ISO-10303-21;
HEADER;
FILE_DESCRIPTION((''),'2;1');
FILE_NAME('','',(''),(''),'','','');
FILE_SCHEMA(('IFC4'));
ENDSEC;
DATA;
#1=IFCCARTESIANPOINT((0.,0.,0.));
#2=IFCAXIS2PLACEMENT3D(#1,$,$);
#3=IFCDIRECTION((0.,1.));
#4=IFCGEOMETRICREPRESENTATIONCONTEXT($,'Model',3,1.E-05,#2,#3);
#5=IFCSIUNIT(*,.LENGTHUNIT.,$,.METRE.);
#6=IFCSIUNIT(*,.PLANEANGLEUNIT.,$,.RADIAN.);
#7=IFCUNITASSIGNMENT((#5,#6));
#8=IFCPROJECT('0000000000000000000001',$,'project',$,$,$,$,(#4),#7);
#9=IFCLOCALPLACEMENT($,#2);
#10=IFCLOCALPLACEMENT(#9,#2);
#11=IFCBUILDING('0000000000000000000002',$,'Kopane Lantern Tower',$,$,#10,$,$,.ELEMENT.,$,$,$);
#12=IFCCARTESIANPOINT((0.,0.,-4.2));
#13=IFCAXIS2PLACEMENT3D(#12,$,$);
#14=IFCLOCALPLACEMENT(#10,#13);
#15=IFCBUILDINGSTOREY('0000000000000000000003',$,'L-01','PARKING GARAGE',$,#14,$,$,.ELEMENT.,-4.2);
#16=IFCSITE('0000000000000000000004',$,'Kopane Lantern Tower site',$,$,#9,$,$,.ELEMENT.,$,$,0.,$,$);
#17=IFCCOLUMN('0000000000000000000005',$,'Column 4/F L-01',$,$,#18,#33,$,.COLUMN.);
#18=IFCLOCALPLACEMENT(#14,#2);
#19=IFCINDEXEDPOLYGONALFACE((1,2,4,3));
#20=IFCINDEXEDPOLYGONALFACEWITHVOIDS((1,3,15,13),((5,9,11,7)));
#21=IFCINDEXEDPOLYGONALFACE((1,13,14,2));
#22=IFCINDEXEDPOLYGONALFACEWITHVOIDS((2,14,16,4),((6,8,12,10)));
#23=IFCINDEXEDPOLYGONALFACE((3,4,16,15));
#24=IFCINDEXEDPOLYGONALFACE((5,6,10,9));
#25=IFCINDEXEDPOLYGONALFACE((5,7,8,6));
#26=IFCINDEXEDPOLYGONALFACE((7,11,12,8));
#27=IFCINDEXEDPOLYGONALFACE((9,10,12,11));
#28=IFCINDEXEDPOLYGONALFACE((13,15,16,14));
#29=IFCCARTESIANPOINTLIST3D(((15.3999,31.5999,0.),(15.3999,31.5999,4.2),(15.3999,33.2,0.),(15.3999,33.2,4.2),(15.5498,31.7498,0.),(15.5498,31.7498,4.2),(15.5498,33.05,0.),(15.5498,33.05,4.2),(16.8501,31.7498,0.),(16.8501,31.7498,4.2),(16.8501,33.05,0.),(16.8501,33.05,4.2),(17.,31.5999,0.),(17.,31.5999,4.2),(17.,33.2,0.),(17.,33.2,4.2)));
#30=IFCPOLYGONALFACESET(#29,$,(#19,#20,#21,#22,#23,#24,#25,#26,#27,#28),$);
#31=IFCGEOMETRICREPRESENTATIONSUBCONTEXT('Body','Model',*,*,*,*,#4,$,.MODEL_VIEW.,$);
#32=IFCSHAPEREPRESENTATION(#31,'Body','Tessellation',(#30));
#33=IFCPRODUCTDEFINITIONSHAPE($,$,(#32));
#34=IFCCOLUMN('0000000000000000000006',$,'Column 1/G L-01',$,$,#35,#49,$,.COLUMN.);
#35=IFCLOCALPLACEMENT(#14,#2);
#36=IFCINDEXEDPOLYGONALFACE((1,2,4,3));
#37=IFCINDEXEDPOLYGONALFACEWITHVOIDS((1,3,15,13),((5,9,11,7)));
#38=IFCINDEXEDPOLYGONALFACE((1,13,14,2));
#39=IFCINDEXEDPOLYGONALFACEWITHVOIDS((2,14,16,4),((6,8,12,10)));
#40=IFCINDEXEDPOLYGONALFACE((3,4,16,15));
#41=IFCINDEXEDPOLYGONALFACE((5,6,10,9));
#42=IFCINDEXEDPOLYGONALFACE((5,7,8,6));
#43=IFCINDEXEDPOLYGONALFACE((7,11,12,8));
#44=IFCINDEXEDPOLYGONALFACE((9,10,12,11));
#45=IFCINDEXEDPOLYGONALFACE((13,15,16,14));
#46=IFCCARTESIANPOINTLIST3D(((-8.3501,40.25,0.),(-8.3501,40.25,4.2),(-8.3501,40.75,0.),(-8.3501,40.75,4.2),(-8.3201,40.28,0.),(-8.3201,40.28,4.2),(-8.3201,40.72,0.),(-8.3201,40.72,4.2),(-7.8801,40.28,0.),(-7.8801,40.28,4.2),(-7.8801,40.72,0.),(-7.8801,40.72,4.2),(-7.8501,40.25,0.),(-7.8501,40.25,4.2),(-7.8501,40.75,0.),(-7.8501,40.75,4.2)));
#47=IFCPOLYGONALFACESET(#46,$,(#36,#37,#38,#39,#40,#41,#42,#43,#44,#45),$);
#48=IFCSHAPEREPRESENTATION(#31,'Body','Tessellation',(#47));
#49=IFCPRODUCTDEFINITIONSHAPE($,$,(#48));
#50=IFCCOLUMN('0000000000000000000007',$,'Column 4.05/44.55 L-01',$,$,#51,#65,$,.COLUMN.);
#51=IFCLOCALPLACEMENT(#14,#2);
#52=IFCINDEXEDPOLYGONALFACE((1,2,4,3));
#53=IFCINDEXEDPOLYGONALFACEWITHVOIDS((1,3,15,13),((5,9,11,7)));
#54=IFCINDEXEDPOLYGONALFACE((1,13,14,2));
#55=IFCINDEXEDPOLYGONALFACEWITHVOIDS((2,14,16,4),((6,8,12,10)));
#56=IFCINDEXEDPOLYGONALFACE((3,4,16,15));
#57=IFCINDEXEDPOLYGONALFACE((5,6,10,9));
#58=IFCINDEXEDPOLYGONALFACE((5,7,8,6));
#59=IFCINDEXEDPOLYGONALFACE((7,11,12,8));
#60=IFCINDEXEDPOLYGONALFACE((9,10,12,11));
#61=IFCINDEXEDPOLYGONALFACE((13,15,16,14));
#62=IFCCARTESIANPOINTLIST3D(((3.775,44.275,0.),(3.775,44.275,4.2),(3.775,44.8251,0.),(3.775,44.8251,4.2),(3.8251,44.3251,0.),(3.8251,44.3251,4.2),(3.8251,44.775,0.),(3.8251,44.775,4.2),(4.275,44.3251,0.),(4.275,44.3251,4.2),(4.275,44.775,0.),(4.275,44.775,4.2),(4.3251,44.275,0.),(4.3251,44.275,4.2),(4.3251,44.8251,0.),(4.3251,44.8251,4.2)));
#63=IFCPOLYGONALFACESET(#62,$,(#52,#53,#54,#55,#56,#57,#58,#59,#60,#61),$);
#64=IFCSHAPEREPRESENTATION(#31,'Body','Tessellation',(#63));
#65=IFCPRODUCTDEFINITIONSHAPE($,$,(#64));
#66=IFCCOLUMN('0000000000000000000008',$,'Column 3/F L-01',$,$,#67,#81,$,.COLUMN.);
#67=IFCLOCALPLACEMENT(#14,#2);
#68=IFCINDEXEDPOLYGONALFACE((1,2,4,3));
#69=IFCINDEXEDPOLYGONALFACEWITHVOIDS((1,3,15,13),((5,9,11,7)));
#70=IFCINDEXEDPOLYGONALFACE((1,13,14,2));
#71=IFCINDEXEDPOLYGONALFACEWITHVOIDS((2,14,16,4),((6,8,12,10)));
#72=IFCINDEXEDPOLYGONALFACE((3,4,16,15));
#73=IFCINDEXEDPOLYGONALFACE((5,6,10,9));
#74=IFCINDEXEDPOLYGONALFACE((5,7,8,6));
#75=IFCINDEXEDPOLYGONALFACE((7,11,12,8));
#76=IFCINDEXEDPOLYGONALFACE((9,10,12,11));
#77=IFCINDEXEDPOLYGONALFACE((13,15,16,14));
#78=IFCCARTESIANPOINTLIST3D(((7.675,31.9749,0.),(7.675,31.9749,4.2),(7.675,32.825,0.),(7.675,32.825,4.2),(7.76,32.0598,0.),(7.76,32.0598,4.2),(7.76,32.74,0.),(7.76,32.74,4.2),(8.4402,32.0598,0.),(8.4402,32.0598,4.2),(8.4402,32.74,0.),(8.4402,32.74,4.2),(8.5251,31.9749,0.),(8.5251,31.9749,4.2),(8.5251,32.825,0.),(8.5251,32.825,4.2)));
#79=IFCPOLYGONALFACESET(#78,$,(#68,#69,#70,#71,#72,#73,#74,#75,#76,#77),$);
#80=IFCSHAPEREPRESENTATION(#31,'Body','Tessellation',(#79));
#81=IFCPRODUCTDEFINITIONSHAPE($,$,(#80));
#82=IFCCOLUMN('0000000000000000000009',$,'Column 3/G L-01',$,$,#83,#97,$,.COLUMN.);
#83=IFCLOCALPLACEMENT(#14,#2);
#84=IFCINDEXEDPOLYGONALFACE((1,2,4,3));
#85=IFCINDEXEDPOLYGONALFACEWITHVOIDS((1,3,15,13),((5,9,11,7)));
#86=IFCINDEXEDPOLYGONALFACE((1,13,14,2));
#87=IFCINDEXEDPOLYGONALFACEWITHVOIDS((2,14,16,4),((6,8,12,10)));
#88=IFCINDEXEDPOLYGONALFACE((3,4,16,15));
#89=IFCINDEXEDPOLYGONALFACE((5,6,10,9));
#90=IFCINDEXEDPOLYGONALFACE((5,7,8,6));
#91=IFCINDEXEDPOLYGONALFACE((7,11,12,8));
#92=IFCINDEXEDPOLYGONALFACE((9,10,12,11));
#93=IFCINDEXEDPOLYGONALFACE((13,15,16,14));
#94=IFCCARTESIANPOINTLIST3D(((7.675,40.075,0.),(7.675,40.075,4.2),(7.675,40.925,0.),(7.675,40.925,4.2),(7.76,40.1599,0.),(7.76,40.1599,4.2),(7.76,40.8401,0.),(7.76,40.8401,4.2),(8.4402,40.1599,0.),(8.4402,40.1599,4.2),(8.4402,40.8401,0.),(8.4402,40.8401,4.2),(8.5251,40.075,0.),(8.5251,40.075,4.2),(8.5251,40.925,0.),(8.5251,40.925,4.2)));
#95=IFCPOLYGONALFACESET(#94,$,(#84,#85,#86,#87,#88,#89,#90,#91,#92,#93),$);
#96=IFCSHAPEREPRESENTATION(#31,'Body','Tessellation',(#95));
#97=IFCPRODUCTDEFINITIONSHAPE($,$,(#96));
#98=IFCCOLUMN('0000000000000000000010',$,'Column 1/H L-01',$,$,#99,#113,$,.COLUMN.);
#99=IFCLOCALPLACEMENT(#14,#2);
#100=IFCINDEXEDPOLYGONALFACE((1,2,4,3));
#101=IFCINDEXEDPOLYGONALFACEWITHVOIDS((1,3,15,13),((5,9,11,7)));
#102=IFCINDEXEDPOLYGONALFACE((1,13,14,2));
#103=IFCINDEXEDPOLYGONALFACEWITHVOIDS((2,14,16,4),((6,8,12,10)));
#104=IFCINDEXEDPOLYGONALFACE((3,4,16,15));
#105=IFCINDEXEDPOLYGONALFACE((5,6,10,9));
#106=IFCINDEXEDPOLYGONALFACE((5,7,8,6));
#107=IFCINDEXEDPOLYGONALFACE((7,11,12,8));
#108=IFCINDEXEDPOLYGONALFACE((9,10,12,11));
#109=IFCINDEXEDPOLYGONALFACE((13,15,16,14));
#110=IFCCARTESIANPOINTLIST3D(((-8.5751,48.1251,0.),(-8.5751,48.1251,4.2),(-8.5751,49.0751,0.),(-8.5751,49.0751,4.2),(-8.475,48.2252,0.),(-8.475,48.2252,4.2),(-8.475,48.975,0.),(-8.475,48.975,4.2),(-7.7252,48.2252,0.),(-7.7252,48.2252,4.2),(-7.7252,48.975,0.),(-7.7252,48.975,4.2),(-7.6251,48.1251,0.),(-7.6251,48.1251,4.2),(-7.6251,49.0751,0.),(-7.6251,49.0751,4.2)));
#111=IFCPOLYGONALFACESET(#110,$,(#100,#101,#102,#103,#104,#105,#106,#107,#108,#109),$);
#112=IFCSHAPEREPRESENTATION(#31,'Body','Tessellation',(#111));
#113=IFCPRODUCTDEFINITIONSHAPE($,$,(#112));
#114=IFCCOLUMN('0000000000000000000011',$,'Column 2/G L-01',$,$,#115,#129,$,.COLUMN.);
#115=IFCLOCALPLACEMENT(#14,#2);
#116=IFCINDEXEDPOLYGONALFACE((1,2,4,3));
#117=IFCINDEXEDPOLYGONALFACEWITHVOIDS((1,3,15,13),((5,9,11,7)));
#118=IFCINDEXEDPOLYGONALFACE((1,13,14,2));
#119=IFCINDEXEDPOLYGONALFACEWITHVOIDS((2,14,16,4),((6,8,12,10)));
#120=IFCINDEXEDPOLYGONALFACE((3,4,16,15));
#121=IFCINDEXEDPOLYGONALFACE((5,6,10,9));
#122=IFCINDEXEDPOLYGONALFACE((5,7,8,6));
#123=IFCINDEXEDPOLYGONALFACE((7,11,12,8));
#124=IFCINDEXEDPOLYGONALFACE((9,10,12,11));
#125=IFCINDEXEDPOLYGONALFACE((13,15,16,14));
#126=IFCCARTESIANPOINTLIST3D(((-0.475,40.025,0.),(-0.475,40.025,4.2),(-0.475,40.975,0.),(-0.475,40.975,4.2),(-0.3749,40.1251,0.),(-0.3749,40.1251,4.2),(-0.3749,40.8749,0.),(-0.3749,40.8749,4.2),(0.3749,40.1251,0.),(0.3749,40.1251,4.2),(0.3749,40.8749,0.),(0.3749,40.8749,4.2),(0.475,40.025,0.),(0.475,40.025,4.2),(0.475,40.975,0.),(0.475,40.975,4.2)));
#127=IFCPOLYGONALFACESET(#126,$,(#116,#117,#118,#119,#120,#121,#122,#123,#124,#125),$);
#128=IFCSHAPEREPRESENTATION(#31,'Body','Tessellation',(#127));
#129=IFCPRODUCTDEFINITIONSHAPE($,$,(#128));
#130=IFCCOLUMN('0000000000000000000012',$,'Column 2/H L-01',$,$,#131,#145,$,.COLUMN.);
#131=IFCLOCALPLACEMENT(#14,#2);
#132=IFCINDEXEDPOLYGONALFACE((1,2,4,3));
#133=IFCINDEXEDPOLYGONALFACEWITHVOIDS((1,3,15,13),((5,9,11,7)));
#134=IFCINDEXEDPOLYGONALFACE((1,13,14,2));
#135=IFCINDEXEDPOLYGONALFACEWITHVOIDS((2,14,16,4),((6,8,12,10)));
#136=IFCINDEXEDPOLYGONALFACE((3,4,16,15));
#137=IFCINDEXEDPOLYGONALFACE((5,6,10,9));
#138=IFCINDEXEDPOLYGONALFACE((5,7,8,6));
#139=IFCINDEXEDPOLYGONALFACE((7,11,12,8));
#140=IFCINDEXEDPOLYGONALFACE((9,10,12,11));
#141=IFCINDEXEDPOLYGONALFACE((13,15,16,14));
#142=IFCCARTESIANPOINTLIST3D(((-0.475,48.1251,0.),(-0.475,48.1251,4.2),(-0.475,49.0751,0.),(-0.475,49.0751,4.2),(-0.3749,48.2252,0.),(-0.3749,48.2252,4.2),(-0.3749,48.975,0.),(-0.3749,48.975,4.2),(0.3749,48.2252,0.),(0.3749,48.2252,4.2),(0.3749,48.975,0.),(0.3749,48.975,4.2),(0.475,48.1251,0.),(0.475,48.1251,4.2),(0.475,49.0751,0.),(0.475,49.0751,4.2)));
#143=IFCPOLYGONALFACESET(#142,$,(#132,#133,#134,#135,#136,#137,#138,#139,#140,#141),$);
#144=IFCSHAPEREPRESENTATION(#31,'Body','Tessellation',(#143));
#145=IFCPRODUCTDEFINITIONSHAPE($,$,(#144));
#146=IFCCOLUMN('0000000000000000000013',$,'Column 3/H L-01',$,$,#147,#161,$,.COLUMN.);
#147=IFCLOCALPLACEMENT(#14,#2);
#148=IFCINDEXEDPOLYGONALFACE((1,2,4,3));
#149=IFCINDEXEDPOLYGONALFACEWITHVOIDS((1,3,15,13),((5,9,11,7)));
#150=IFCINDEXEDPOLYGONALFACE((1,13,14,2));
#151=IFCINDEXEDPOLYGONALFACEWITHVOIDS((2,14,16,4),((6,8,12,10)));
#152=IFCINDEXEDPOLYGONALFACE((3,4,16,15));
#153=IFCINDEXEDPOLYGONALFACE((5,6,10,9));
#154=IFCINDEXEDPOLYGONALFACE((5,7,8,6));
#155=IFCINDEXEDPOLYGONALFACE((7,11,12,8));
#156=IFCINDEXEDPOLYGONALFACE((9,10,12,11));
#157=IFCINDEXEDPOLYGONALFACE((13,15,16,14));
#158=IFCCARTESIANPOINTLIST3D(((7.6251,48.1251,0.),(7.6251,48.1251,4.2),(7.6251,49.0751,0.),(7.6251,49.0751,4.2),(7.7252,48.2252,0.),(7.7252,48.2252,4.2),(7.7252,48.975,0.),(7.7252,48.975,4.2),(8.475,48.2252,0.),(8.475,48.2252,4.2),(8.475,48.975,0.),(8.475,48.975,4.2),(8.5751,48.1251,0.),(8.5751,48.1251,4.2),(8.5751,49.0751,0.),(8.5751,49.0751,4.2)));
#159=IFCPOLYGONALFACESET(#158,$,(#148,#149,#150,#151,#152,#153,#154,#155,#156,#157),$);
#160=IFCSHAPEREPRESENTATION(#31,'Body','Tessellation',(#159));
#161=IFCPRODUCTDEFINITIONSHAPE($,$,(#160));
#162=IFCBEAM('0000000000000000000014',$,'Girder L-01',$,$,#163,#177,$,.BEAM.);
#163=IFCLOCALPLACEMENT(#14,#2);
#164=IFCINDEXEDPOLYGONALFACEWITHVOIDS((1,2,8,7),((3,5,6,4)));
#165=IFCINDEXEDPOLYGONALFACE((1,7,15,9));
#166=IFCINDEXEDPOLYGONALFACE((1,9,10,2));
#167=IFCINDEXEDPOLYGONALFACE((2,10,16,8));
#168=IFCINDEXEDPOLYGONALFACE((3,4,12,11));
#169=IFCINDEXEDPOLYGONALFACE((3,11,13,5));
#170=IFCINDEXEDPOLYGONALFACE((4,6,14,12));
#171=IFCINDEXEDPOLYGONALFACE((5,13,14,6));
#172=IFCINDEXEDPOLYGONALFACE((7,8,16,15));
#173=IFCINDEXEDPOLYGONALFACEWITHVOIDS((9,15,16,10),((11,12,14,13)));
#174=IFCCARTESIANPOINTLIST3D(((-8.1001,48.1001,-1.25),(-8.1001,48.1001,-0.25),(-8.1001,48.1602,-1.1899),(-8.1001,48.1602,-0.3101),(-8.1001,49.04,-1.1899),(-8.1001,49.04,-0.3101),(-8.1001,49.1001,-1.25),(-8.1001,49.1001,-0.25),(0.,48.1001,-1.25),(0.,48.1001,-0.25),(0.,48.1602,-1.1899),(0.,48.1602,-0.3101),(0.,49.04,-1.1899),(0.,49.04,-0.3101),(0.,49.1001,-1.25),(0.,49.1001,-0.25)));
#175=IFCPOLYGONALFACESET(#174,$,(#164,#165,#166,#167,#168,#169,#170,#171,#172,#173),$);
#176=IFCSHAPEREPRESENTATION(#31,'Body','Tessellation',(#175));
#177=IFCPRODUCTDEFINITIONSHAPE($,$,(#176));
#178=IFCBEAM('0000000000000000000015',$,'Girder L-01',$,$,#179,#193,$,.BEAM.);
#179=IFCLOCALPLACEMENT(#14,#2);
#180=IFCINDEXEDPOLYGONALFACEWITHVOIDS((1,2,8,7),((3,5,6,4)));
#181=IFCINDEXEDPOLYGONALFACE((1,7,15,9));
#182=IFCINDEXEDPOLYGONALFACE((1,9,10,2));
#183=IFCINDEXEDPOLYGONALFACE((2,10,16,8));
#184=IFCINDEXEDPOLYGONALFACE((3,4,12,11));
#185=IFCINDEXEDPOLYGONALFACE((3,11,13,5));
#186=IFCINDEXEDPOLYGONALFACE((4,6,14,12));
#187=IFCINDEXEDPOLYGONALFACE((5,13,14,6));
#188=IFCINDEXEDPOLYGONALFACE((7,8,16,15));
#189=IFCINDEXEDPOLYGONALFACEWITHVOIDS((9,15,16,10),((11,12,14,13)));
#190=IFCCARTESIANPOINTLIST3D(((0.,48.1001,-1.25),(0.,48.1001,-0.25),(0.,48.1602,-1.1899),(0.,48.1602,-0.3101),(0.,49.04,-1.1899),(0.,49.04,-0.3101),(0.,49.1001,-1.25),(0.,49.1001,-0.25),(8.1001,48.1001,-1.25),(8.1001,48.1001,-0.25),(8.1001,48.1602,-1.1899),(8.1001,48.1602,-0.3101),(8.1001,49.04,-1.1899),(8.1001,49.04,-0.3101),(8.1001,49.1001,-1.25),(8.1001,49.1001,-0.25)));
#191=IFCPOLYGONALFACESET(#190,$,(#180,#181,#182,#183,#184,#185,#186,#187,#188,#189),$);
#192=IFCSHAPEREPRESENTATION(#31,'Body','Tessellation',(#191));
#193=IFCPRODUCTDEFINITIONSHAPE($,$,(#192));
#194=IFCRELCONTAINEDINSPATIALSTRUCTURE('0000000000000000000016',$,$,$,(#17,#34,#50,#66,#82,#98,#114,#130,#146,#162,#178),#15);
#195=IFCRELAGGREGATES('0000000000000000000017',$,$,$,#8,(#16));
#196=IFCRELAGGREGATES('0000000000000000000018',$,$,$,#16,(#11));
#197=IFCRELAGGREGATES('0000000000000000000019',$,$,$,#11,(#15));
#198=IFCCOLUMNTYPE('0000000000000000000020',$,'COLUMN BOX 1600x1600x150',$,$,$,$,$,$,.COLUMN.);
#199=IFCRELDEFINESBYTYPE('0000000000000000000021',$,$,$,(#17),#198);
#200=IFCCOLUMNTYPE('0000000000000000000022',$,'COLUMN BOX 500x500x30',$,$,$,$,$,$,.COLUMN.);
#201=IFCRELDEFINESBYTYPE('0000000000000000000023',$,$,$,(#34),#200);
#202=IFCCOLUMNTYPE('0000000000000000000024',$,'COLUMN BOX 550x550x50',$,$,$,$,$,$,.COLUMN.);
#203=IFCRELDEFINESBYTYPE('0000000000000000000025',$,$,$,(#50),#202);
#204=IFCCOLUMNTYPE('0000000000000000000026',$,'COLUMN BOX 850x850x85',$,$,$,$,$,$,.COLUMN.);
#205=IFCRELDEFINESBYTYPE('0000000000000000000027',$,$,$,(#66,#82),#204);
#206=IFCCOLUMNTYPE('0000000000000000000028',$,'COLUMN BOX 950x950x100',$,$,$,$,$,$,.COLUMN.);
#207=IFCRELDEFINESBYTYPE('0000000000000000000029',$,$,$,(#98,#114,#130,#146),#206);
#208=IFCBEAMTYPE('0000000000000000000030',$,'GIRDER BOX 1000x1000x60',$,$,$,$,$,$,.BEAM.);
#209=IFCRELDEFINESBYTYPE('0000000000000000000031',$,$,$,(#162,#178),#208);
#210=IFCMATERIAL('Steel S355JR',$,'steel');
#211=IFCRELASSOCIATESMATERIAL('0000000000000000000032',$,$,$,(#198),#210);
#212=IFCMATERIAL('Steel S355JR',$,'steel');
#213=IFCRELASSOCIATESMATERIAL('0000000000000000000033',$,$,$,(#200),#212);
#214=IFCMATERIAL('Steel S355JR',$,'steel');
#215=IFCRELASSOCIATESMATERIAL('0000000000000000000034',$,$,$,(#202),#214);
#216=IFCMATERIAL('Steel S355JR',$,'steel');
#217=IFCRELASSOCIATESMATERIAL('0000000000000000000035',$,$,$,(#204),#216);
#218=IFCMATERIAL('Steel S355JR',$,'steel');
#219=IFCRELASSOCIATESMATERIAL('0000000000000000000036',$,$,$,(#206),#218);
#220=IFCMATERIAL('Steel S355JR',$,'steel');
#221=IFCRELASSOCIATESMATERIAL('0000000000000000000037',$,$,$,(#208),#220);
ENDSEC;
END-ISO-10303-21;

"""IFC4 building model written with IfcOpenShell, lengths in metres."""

from ifc_helpers import new_model, si_unit, direction, frame, origin, origin_2d, place, context, subcontext, project, spatial, hollow_rectangle, extrude, material, material_profile, profile_set, type_object, element, save


model = new_model("IFC4")

# Units and contexts
model_context = context("Model", 3, precision=1e-05, world=origin(), true_north=direction((0.0, 1.0)))
body_context = subcontext(model_context, "Body", "Model", "MODEL_VIEW")
ifc_project = project(units=[si_unit("LENGTHUNIT", "METRE"), si_unit("PLANEANGLEUNIT", "RADIAN")], contexts=[model_context])

# Site, building, storey
site_placement = place(None, origin())
site = spatial("IfcSite", under=ifc_project, at=site_placement, Name="Kopane Lantern Tower site", CompositionType="ELEMENT", RefElevation=0.0)
building_placement = place(site_placement, origin())
building = spatial("IfcBuilding", under=site, at=building_placement, Name="Kopane Lantern Tower", CompositionType="ELEMENT")
storey_placement = place(building_placement, frame((0.0, 0.0, -4.2)))
storey = spatial("IfcBuildingStorey", under=building, at=storey_placement, Name="L-01", Description="PARKING GARAGE", CompositionType="ELEMENT", Elevation=-4.2)

# Columns
ifc_material_1 = material(Name="Steel S355JR", Category="steel")
ifc_material_profile_1 = material_profile(ifc_material_1, hollow_rectangle(XDim=1.6001, YDim=1.6001, WallThickness=0.1499, at=origin_2d()), Name="BOX 1600x1600x150")
ifc_profile_set_1 = profile_set([ifc_material_profile_1], Name="Steel S355JR")
column_type_1 = type_object("IfcColumnType", Name="COLUMN BOX 1600x1600x150", PredefinedType="COLUMN", material=ifc_profile_set_1)
column_1_placement = place(storey_placement, frame((16.2, 32.3999, 0.0), z_axis=(0.0, 0.0, 1.0), x_axis=(1.0, 0.0, 0.0)))
element("IfcColumn", 1, at=column_1_placement, inside=storey, type_object=column_type_1, Name="Column 4/F L-01", PredefinedType="COLUMN", context=body_context, shape_type="SweptSolid", body=[
    extrude(hollow_rectangle(XDim=1.6001, YDim=1.6001, WallThickness=0.1499, at=origin_2d()), origin(), (0.0, 0.0, 1.0), 4.2),
])
ifc_material_2 = material(Name="Steel S355JR", Category="steel")
ifc_material_profile_2 = material_profile(ifc_material_2, hollow_rectangle(XDim=0.5, YDim=0.5, WallThickness=0.03, at=origin_2d()), Name="BOX 500x500x30")
ifc_profile_set_2 = profile_set([ifc_material_profile_2], Name="Steel S355JR")
column_type_2 = type_object("IfcColumnType", Name="COLUMN BOX 500x500x30", PredefinedType="COLUMN", material=ifc_profile_set_2)
column_2_placement = place(storey_placement, frame((-8.1001, 40.5, 0.0), z_axis=(0.0, 0.0, 1.0), x_axis=(1.0, 0.0, 0.0)))
element("IfcColumn", 2, at=column_2_placement, inside=storey, type_object=column_type_2, Name="Column 1/G L-01", PredefinedType="COLUMN", context=body_context, shape_type="SweptSolid", body=[
    extrude(hollow_rectangle(XDim=0.5, YDim=0.5, WallThickness=0.03, at=origin_2d()), origin(), (0.0, 0.0, 1.0), 4.2),
])
ifc_material_3 = material(Name="Steel S355JR", Category="steel")
ifc_material_profile_3 = material_profile(ifc_material_3, hollow_rectangle(XDim=0.55, YDim=0.55, WallThickness=0.05, at=origin_2d()), Name="BOX 550x550x50")
ifc_profile_set_3 = profile_set([ifc_material_profile_3], Name="Steel S355JR")
column_type_3 = type_object("IfcColumnType", Name="COLUMN BOX 550x550x50", PredefinedType="COLUMN", material=ifc_profile_set_3)
column_3_placement = place(storey_placement, frame((4.05, 44.55, 0.0), z_axis=(0.0, 0.0, 1.0), x_axis=(1.0, 0.0, 0.0)))
element("IfcColumn", 3, at=column_3_placement, inside=storey, type_object=column_type_3, Name="Column 4.05/44.55 L-01", PredefinedType="COLUMN", context=body_context, shape_type="SweptSolid", body=[
    extrude(hollow_rectangle(XDim=0.55, YDim=0.55, WallThickness=0.05, at=origin_2d()), origin(), (0.0, 0.0, 1.0), 4.2),
])
ifc_material_4 = material(Name="Steel S355JR", Category="steel")
ifc_material_profile_4 = material_profile(ifc_material_4, hollow_rectangle(XDim=0.8501, YDim=0.8501, WallThickness=0.085, at=origin_2d()), Name="BOX 850x850x85")
ifc_profile_set_4 = profile_set([ifc_material_profile_4], Name="Steel S355JR")
column_type_4 = type_object("IfcColumnType", Name="COLUMN BOX 850x850x85", PredefinedType="COLUMN", material=ifc_profile_set_4)
for number, where, z_axis, x_axis, name in (
    (4, (8.1001, 32.3999, 0.0), (0.0, 0.0, 1.0), (1.0, 0.0, 0.0), "Column 3/F L-01"),
    (5, (8.1001, 40.5, 0.0), (0.0, 0.0, 1.0), (1.0, 0.0, 0.0), "Column 3/G L-01"),
):
    element("IfcColumn", number, at=place(storey_placement, frame(where, z_axis=z_axis, x_axis=x_axis)), inside=storey, type_object=column_type_4, Name=name, PredefinedType="COLUMN", context=body_context, shape_type="SweptSolid", body=[
        extrude(hollow_rectangle(XDim=0.8501, YDim=0.8501, WallThickness=0.085, at=origin_2d()), origin(), (0.0, 0.0, 1.0), 4.2),
    ])
ifc_material_5 = material(Name="Steel S355JR", Category="steel")
ifc_material_profile_5 = material_profile(ifc_material_5, hollow_rectangle(XDim=0.95, YDim=0.95, WallThickness=0.1001, at=origin_2d()), Name="BOX 950x950x100")
ifc_profile_set_5 = profile_set([ifc_material_profile_5], Name="Steel S355JR")
column_type_5 = type_object("IfcColumnType", Name="COLUMN BOX 950x950x100", PredefinedType="COLUMN", material=ifc_profile_set_5)
for number, where, z_axis, x_axis, name in (
    (6, (-8.1001, 48.6001, 0.0), (0.0, 0.0, 1.0), (1.0, 0.0, 0.0), "Column 1/H L-01"),
    (7, (0.0, 40.5, 0.0), (0.0, 0.0, 1.0), (1.0, 0.0, 0.0), "Column 2/G L-01"),
    (8, (0.0, 48.6001, 0.0), (0.0, 0.0, 1.0), (1.0, 0.0, 0.0), "Column 2/H L-01"),
    (9, (8.1001, 48.6001, 0.0), (0.0, 0.0, 1.0), (1.0, 0.0, 0.0), "Column 3/H L-01"),
):
    element("IfcColumn", number, at=place(storey_placement, frame(where, z_axis=z_axis, x_axis=x_axis)), inside=storey, type_object=column_type_5, Name=name, PredefinedType="COLUMN", context=body_context, shape_type="SweptSolid", body=[
        extrude(hollow_rectangle(XDim=0.95, YDim=0.95, WallThickness=0.1001, at=origin_2d()), origin(), (0.0, 0.0, 1.0), 4.2),
    ])

# Beams
ifc_material_6 = material(Name="Steel S355JR", Category="steel")
ifc_material_profile_6 = material_profile(ifc_material_6, hollow_rectangle(XDim=1.0, YDim=1.0, WallThickness=0.0601, at=origin_2d()), Name="BOX 1000x1000x60")
ifc_profile_set_6 = profile_set([ifc_material_profile_6], Name="Steel S355JR")
beam_type_1 = type_object("IfcBeamType", Name="GIRDER BOX 1000x1000x60", PredefinedType="BEAM", material=ifc_profile_set_6)
for number, where, z_axis, x_axis, name in (
    (10, (-8.1001, 48.6001, -0.75), (1.0, 0.0, 0.0), (0.0, 1.0, 0.0), "Girder L-01"),
    (11, (0.0, 48.6001, -0.75), (1.0, 0.0, 0.0), (0.0, 1.0, 0.0), "Girder L-01"),
):
    element("IfcBeam", number, at=place(storey_placement, frame(where, z_axis=z_axis, x_axis=x_axis)), inside=storey, type_object=beam_type_1, Name=name, PredefinedType="BEAM", context=body_context, shape_type="SweptSolid", body=[
        extrude(hollow_rectangle(XDim=1.0, YDim=1.0, WallThickness=0.0601, at=origin_2d()), origin(), (0.0, 0.0, 1.0), 8.1001),
    ])

save(model, "model.ifc")
